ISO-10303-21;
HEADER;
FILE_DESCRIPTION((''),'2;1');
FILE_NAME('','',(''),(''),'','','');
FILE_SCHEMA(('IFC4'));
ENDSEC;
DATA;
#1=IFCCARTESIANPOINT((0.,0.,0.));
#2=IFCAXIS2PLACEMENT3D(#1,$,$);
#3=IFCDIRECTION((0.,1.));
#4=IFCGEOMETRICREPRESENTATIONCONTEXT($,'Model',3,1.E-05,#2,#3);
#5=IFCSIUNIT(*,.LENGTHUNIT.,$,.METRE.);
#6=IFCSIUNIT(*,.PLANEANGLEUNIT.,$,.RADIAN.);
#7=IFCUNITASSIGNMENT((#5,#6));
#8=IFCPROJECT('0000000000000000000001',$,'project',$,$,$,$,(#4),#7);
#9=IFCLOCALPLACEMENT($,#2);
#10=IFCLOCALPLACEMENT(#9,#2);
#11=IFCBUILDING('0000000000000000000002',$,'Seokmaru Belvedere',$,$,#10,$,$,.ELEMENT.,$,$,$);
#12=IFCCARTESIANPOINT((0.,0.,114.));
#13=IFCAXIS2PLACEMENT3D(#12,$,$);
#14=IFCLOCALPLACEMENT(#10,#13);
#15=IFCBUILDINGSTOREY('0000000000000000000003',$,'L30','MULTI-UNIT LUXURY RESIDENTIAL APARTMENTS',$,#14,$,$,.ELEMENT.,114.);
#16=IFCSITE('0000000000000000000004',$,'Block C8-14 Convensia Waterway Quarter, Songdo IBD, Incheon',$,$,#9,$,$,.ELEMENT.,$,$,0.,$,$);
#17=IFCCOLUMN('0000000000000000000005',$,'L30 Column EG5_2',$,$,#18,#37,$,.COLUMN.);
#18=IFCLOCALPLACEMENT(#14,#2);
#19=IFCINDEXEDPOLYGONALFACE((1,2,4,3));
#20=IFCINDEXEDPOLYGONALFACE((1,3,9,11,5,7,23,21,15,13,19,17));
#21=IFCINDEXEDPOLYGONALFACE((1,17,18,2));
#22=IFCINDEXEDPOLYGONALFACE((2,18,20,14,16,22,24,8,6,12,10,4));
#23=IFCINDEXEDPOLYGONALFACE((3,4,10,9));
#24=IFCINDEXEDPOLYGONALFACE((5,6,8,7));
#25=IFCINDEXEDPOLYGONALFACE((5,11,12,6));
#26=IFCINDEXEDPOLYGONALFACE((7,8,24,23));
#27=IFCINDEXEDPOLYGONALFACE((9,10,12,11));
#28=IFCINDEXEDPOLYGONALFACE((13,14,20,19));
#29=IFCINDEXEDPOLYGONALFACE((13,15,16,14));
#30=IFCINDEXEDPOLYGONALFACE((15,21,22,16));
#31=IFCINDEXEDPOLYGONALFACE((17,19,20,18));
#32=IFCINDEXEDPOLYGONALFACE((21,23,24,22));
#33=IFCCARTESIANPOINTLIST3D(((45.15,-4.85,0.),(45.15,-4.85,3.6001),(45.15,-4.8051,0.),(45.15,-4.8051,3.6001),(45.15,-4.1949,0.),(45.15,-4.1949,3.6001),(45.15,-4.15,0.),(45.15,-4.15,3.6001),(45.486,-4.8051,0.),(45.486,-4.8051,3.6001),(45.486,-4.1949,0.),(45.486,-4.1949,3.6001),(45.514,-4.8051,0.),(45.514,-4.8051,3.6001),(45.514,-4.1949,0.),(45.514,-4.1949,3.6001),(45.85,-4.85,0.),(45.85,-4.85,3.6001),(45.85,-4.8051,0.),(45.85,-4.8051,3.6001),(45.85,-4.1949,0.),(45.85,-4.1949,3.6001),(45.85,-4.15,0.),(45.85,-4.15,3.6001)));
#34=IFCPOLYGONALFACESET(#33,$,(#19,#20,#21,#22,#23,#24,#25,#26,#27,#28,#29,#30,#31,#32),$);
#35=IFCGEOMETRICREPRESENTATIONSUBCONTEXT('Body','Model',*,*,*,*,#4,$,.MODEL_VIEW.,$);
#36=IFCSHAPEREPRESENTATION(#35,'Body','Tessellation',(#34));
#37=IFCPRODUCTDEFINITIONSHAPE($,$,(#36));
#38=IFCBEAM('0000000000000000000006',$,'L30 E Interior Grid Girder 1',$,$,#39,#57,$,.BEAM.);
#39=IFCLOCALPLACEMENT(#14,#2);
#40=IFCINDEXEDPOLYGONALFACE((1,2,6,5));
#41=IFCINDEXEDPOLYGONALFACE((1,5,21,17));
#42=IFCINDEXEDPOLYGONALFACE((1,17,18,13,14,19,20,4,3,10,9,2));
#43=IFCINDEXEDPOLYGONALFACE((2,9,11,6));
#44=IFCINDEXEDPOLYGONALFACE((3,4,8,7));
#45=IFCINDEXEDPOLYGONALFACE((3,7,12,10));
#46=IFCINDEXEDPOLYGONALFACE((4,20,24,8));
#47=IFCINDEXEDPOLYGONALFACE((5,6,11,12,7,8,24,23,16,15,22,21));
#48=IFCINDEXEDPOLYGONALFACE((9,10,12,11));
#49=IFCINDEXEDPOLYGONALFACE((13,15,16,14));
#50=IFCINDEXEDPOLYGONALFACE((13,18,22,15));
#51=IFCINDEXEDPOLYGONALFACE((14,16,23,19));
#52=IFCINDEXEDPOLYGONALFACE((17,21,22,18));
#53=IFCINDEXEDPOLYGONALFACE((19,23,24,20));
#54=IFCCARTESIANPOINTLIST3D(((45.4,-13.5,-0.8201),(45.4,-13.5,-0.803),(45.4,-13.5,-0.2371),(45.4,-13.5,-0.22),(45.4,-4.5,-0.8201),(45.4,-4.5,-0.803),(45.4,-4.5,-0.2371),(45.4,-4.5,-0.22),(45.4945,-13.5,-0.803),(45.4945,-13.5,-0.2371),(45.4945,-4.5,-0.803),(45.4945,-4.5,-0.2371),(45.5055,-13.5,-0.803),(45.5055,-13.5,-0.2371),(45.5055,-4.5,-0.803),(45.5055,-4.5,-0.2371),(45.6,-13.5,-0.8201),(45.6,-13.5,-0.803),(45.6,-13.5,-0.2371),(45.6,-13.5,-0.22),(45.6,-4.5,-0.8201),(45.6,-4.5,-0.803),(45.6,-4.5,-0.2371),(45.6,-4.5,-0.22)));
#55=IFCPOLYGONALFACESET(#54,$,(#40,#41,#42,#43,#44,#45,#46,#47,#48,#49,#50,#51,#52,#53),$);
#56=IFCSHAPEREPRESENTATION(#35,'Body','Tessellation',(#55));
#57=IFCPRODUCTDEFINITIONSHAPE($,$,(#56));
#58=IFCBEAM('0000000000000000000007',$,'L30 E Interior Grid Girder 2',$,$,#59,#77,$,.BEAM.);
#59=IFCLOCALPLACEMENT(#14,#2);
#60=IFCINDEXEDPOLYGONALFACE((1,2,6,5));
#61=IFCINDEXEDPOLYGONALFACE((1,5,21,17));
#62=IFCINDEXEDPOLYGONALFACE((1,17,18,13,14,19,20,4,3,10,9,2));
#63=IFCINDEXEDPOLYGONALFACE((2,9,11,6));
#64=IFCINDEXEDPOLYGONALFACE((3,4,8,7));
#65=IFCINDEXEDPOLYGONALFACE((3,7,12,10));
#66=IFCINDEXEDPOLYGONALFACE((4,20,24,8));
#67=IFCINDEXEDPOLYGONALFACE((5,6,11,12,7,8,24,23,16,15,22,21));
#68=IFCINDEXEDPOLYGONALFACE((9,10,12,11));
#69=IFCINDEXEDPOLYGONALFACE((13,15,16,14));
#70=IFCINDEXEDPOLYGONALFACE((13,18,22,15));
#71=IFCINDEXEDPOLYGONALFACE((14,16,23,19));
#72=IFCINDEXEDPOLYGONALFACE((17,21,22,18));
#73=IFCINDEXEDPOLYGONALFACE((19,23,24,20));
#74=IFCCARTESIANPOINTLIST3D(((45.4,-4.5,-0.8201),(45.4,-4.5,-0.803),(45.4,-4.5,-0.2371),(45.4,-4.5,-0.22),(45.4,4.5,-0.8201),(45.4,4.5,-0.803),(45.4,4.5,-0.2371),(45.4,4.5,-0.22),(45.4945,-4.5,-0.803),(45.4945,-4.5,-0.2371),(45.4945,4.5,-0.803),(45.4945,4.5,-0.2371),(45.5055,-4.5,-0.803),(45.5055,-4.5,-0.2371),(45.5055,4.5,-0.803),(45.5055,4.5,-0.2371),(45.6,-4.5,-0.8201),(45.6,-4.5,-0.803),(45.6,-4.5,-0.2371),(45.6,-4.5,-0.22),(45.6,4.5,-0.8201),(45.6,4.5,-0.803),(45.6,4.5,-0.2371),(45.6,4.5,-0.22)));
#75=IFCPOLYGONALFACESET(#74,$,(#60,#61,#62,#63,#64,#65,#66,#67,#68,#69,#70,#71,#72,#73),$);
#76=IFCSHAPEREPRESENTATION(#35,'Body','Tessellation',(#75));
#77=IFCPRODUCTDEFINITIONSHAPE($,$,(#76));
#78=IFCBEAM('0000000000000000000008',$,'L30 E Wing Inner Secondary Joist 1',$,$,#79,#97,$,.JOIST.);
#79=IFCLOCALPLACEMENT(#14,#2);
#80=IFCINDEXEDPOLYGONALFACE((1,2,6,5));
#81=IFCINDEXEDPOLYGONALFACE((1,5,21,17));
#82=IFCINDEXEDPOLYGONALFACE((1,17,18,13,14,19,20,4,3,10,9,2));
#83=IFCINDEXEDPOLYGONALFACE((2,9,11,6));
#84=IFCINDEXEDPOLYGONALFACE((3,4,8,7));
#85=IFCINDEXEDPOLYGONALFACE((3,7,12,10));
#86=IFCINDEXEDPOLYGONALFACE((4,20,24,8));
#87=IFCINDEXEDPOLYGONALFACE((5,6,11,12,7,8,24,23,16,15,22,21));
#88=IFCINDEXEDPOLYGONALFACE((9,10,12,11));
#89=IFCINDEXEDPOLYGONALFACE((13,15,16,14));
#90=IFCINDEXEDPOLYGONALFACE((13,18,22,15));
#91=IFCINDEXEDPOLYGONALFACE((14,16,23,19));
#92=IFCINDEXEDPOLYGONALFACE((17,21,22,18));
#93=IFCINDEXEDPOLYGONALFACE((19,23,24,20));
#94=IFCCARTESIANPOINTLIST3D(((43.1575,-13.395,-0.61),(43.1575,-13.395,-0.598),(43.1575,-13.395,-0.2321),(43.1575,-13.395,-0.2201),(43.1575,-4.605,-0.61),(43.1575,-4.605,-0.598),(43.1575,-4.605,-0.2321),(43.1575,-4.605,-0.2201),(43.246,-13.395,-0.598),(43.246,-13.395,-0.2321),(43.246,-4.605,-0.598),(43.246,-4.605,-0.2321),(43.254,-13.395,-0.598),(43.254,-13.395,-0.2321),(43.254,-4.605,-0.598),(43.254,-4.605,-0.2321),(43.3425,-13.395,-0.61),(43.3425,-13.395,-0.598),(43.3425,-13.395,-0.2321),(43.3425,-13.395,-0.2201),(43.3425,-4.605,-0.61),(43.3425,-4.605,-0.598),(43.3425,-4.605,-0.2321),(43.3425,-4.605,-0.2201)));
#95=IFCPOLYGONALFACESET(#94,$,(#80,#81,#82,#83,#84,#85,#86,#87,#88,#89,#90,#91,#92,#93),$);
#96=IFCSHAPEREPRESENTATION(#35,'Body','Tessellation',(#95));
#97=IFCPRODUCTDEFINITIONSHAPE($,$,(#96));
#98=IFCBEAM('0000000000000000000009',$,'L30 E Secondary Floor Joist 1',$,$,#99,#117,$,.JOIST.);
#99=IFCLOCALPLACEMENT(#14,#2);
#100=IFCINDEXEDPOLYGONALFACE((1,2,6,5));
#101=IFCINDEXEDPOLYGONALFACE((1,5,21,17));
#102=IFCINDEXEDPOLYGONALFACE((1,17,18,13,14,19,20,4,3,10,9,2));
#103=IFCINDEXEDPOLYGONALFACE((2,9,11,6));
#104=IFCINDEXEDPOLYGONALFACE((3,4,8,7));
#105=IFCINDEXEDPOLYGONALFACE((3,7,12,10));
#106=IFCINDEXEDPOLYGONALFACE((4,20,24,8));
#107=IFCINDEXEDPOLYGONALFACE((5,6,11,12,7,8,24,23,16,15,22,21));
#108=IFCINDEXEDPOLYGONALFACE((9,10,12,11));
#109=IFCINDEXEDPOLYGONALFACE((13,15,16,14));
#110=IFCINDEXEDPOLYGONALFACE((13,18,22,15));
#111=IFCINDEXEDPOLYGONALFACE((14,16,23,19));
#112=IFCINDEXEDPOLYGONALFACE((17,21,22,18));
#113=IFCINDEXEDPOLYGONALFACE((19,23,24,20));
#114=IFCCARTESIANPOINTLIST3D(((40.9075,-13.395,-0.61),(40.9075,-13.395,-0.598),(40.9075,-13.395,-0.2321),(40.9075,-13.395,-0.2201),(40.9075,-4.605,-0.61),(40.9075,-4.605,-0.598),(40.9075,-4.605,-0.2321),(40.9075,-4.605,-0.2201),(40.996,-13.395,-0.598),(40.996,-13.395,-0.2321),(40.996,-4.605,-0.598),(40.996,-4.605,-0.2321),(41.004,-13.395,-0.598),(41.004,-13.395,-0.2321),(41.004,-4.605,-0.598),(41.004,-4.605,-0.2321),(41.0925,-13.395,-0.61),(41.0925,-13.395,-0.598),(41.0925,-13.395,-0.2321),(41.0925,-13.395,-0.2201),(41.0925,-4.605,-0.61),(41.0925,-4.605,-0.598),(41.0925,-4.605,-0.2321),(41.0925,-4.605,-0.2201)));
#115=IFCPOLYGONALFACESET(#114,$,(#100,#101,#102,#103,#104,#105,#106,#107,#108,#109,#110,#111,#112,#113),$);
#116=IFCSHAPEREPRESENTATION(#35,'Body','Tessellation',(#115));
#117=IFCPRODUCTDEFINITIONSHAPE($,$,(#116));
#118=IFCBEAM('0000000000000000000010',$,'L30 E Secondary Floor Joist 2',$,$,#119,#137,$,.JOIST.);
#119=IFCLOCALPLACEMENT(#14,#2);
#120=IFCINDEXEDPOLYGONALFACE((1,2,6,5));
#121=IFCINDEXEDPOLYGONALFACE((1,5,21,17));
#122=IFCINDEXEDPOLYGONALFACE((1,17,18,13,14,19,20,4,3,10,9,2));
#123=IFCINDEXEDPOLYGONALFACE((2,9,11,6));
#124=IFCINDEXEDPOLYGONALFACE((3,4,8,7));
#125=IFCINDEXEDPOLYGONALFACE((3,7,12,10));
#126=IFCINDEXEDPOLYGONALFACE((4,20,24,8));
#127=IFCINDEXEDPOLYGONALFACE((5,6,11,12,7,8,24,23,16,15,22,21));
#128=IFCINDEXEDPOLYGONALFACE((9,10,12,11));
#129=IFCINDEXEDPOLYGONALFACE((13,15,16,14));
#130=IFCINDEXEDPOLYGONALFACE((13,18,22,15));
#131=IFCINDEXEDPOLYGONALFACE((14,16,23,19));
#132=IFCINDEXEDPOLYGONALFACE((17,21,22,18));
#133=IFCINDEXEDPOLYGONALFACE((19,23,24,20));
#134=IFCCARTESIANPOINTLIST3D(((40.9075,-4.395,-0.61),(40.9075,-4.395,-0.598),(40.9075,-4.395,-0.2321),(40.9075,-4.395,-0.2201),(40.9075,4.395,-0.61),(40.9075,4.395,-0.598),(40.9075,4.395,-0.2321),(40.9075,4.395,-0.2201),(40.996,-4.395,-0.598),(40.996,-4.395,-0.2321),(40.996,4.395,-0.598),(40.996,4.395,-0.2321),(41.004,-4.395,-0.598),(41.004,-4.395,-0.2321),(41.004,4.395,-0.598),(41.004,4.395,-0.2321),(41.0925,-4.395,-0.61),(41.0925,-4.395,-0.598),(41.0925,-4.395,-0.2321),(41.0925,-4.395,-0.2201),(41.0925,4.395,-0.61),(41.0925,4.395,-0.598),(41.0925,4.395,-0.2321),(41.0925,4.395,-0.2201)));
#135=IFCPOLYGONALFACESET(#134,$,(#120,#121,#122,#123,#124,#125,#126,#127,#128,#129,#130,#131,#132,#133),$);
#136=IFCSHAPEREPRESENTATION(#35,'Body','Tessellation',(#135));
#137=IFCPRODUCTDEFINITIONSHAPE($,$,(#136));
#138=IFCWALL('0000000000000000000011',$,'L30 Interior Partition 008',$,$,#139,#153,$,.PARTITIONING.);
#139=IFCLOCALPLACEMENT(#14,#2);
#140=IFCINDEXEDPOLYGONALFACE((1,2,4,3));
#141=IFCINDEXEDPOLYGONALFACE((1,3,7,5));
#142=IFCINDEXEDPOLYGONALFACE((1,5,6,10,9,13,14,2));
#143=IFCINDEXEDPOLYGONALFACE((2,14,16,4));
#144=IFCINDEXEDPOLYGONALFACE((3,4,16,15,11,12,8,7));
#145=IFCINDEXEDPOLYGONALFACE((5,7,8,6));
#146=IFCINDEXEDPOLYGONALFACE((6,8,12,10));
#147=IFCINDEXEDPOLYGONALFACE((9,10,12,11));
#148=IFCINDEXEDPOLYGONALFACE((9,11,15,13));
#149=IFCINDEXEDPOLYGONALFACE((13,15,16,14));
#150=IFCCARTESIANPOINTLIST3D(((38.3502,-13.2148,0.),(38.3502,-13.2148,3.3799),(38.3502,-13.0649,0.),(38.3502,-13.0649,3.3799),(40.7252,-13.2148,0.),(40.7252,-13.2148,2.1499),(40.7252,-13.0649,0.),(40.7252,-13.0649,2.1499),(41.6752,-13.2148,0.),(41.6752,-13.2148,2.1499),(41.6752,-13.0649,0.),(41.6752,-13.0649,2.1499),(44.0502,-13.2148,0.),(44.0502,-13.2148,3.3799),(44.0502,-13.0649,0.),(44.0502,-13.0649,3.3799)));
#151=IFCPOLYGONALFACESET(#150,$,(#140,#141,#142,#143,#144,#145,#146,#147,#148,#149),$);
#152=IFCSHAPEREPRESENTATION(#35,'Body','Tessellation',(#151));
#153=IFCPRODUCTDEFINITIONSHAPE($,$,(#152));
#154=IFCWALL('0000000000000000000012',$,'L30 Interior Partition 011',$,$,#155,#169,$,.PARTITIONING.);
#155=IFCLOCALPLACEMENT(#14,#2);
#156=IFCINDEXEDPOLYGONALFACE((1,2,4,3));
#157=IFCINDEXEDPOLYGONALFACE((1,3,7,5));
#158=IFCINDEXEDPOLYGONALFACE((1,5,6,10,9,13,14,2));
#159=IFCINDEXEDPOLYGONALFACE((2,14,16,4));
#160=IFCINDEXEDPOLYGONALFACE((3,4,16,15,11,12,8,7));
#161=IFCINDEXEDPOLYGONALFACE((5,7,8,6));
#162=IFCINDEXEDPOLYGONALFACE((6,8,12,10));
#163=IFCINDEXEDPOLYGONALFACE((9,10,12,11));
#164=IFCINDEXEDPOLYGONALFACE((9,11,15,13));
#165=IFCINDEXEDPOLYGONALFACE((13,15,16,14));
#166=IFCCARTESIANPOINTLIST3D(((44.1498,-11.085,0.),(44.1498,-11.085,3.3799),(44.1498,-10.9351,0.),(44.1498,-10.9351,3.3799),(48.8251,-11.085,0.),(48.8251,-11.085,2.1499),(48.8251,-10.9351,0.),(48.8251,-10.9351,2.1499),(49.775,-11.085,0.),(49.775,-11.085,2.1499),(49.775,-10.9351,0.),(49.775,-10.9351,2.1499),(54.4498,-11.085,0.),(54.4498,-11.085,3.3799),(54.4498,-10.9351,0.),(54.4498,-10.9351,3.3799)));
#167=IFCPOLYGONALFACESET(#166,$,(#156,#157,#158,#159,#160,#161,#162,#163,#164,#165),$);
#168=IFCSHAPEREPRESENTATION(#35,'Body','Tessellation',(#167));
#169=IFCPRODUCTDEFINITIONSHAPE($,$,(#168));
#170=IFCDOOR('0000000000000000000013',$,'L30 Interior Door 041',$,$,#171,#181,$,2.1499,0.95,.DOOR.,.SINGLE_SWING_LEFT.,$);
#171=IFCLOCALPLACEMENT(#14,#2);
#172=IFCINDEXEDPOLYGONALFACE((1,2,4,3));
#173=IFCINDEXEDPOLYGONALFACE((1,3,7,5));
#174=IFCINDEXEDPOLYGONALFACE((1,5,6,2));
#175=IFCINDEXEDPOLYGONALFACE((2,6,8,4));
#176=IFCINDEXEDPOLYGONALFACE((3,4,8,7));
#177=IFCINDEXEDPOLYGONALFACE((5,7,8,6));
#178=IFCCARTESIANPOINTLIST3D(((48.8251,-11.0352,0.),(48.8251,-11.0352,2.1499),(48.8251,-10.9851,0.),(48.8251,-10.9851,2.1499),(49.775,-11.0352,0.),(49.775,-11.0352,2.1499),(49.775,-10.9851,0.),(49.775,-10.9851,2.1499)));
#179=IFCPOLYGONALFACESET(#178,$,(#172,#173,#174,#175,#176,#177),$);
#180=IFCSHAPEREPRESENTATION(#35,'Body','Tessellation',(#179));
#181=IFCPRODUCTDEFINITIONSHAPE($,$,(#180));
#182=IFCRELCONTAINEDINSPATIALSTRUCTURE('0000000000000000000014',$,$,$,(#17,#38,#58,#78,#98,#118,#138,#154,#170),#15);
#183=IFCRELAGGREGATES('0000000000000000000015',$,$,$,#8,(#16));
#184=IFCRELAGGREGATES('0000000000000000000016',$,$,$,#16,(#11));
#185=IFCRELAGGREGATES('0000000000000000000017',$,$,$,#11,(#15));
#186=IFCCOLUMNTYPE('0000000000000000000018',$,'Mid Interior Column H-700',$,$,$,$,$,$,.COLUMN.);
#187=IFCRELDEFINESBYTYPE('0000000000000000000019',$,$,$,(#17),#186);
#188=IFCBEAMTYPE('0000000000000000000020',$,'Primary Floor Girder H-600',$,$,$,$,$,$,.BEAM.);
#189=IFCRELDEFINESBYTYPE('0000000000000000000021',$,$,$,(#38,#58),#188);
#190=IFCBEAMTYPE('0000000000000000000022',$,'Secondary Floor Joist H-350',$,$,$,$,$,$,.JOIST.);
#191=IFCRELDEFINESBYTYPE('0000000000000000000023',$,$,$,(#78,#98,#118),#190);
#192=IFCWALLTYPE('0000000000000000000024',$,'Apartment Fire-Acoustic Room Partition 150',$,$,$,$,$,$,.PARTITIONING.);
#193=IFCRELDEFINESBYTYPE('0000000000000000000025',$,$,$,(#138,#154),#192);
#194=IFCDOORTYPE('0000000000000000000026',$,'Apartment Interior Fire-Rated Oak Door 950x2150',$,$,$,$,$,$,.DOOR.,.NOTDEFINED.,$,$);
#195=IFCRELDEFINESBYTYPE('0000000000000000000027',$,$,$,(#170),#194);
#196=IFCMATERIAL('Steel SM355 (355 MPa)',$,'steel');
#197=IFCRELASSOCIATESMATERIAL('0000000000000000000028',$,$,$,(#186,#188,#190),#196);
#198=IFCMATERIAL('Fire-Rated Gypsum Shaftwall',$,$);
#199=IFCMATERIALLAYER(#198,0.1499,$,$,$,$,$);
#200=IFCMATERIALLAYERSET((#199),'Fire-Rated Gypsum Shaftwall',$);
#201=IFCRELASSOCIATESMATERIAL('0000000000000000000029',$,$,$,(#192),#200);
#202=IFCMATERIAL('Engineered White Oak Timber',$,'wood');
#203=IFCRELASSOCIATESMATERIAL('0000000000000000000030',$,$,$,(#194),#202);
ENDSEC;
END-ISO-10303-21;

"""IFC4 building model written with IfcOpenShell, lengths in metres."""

from ifc_helpers import new_model, si_unit, direction, frame, frame_2d, origin, origin_2d, place, context, subcontext, project, spatial, rectangle, i_section, extrude, source, transform, mapped, material, layer, layer_set, material_profile, profile_set, type_object, type_shapes, element, fill, save


model = new_model("IFC4")

# Units and contexts
model_context = context("Model", 3, precision=1e-05, world=origin(), true_north=direction((0.0, 1.0)))
body_context = subcontext(model_context, "Body", "Model", "MODEL_VIEW")
ifc_project = project(units=[si_unit("LENGTHUNIT", "METRE"), si_unit("PLANEANGLEUNIT", "RADIAN")], contexts=[model_context])

# Site, building, storey
site_placement = place(None, origin())
site = spatial("IfcSite", under=ifc_project, at=site_placement, Name="Block C8-14 Convensia Waterway Quarter, Songdo IBD, Incheon", CompositionType="ELEMENT", RefElevation=0.0)
building_placement = place(site_placement, origin())
building = spatial("IfcBuilding", under=site, at=building_placement, Name="Seokmaru Belvedere", CompositionType="ELEMENT")
storey_placement = place(building_placement, frame((0.0, 0.0, 114.0)))
storey = spatial("IfcBuildingStorey", under=building, at=storey_placement, Name="L30", Description="MULTI-UNIT LUXURY RESIDENTIAL APARTMENTS", CompositionType="ELEMENT", Elevation=114.0)

# Column
ifc_material_1 = material(Name="Steel SM355 (355 MPa)", Category="steel")
ifc_material_profile_1 = material_profile(ifc_material_1, i_section(OverallWidth=0.7, OverallDepth=0.7, WebThickness=0.0281, FlangeThickness=0.0449, at=origin_2d()), Name="H-700x700x28x45")
ifc_profile_set_1 = profile_set([ifc_material_profile_1], Name="Steel SM355 (355 MPa)")
column_type = type_object("IfcColumnType", Name="Mid Interior Column H-700", PredefinedType="COLUMN", material=ifc_profile_set_1)
shared_shape_1 = source(origin(), body_context, "Body", "SweptSolid", [
    extrude(i_section(OverallWidth=0.7, OverallDepth=0.7, WebThickness=0.0281, FlangeThickness=0.0449, at=origin_2d()), origin(), (0.0, 0.0, 1.0), 3.6001),
])
type_shapes(column_type, [shared_shape_1])
column_placement = place(storey_placement, frame((45.5, -4.5, 0.0), z_axis=(0.0, 0.0, 1.0), x_axis=(1.0, 0.0, 0.0)))
element("IfcColumn", 1, at=column_placement, inside=storey, type_object=column_type, Name="L30 Column EG5_2", PredefinedType="COLUMN", context=body_context, shape_type="MappedRepresentation", body=[
    mapped(shared_shape_1, transform((0.0, 0.0, 0.0), scale=1.0)),
])

# Beams
ifc_material_profile_2 = material_profile(ifc_material_1, i_section(OverallWidth=0.2, OverallDepth=0.6001, WebThickness=0.011, FlangeThickness=0.0171, at=origin_2d()), Name="H-600x200x11x17")
ifc_profile_set_2 = profile_set([ifc_material_profile_2], Name="Steel SM355 (355 MPa)")
beam_type_1 = type_object("IfcBeamType", Name="Primary Floor Girder H-600", PredefinedType="BEAM", material=ifc_profile_set_2)
shared_shape_2 = source(origin(), body_context, "Body", "SweptSolid", [
    extrude(i_section(OverallWidth=0.2, OverallDepth=0.6001, WebThickness=0.011, FlangeThickness=0.0171, at=origin_2d()), origin(), (0.0, 0.0, 1.0), 9.0),
])
type_shapes(beam_type_1, [shared_shape_2])
for number, where, z_axis, x_axis, name in (
    (2, (45.5, -13.5, -0.52), (0.0, 1.0, 0.0), (-1.0, 0.0, 0.0), "L30 E Interior Grid Girder 1"),
    (3, (45.5, -4.5, -0.52), (0.0, 1.0, 0.0), (-1.0, 0.0, 0.0), "L30 E Interior Grid Girder 2"),
):
    element("IfcBeam", number, at=place(storey_placement, frame(where, z_axis=z_axis, x_axis=x_axis)), inside=storey, type_object=beam_type_1, Name=name, PredefinedType="BEAM", context=body_context, shape_type="MappedRepresentation", body=[
        mapped(shared_shape_2, transform((0.0, 0.0, 0.0), scale=1.0)),
    ])
ifc_material_profile_3 = material_profile(ifc_material_1, i_section(OverallWidth=0.1851, OverallDepth=0.3899, WebThickness=0.0081, FlangeThickness=0.012, at=origin_2d()), Name="H-390x185x8x12")
ifc_profile_set_3 = profile_set([ifc_material_profile_3], Name="Steel SM355 (355 MPa)")
beam_type_2 = type_object("IfcBeamType", Name="Secondary Floor Joist H-350", PredefinedType="JOIST", material=ifc_profile_set_3)
shared_shape_3 = source(origin(), body_context, "Body", "SweptSolid", [
    extrude(i_section(OverallWidth=0.1851, OverallDepth=0.3899, WebThickness=0.0081, FlangeThickness=0.012, at=origin_2d()), origin(), (0.0, 0.0, 1.0), 8.79),
])
type_shapes(beam_type_2, [shared_shape_3])
for number, where, z_axis, x_axis, name in (
    (4, (43.25, -13.395, -0.415), (0.0, 1.0, 0.0), (-1.0, 0.0, 0.0), "L30 E Wing Inner Secondary Joist 1"),
    (5, (41.0, -13.395, -0.415), (0.0, 1.0, 0.0), (-1.0, 0.0, 0.0), "L30 E Secondary Floor Joist 1"),
    (6, (41.0, -4.395, -0.415), (0.0, 1.0, 0.0), (-1.0, 0.0, 0.0), "L30 E Secondary Floor Joist 2"),
):
    element("IfcBeam", number, at=place(storey_placement, frame(where, z_axis=z_axis, x_axis=x_axis)), inside=storey, type_object=beam_type_2, Name=name, PredefinedType="JOIST", context=body_context, shape_type="MappedRepresentation", body=[
        mapped(shared_shape_3, transform((0.0, 0.0, 0.0), scale=1.0)),
    ])

# Wall, opening
ifc_material_2 = material(Name="Fire-Rated Gypsum Shaftwall")
ifc_layer_1 = layer(ifc_material_2, 0.1499)
ifc_layer_set_1 = layer_set([ifc_layer_1], Name="Fire-Rated Gypsum Shaftwall")
wall_type_1 = type_object("IfcWallType", Name="Apartment Fire-Acoustic Room Partition 150", PredefinedType="PARTITIONING", material=ifc_layer_set_1)
wall_1_placement = place(storey_placement, frame((38.3501, -13.1399, 0.0), z_axis=(0.0, 0.0, 1.0), x_axis=(1.0, 0.0, 0.0)))
wall_1 = element("IfcWall", 7, at=wall_1_placement, inside=storey, type_object=wall_type_1, Name="L30 Interior Partition 008", PredefinedType="PARTITIONING", context=body_context, shape_type="SweptSolid", body=[
    extrude(rectangle(XDim=5.7, YDim=0.1499, at=frame_2d((2.8501, 0.0))), origin(), (0.0, 0.0, 1.0), 3.3799),
])
opening_1_placement = place(wall_1_placement, frame((2.375, 0.0, 0.0)))
element("IfcOpeningElement", 8, at=opening_1_placement, cuts=wall_1, PredefinedType="OPENING", context=body_context, shape_type="SweptSolid", body=[
    extrude(rectangle(XDim=0.95, YDim=2.1499, at=frame_2d((0.4751, 1.075))), frame((0.0, 0.085, 0.0), z_axis=(0.0, -1.0, 0.0), x_axis=(1.0, 0.0, 0.0)), (0.0, 0.0, 1.0), 0.1699),
])

# Wall, opening, door
wall_2_placement = place(storey_placement, frame((44.1499, -11.01, 0.0), z_axis=(0.0, 0.0, 1.0), x_axis=(1.0, 0.0, 0.0)))
wall_2 = element("IfcWall", 9, at=wall_2_placement, inside=storey, type_object=wall_type_1, Name="L30 Interior Partition 011", PredefinedType="PARTITIONING", context=body_context, shape_type="SweptSolid", body=[
    extrude(rectangle(XDim=10.3, YDim=0.1499, at=frame_2d((5.1499, 0.0))), origin(), (0.0, 0.0, 1.0), 3.3799),
])
opening_2_placement = place(wall_2_placement, frame((4.675, 0.0, 0.0)))
opening_2 = element("IfcOpeningElement", 10, at=opening_2_placement, cuts=wall_2, PredefinedType="OPENING", context=body_context, shape_type="SweptSolid", body=[
    extrude(rectangle(XDim=0.95, YDim=2.1499, at=frame_2d((0.4751, 1.075))), frame((0.0, 0.085, 0.0), z_axis=(0.0, -1.0, 0.0), x_axis=(1.0, 0.0, 0.0)), (0.0, 0.0, 1.0), 0.1699),
])
ifc_material_3 = material(Name="Engineered White Oak Timber", Category="wood")
door_type_1 = type_object("IfcDoorType", Name="Apartment Interior Fire-Rated Oak Door 950x2150", OperationType="NOTDEFINED", PredefinedType="DOOR", material=ifc_material_3)
shared_shape_4 = source(origin(), body_context, "Body", "SweptSolid", [
    extrude(rectangle(XDim=0.95, YDim=2.1499, at=frame_2d((0.4751, 1.075))), frame((0.0, 0.0249, 0.0), z_axis=(0.0, -1.0, 0.0), x_axis=(1.0, 0.0, 0.0)), (0.0, 0.0, 1.0), 0.05),
])
type_shapes(door_type_1, [shared_shape_4])
door_1_placement = place(opening_2_placement, origin())
door_1 = element("IfcDoor", 11, at=door_1_placement, inside=storey, type_object=door_type_1, Name="L30 Interior Door 041", OperationType="SINGLE_SWING_LEFT", OverallHeight=2.1499, OverallWidth=0.95, PredefinedType="DOOR", context=body_context, shape_type="MappedRepresentation", body=[
    mapped(shared_shape_4, transform((0.0, 0.0, 0.0), scale=1.0)),
])
fill(opening_2, door_1)

save(model, "model.ifc")
